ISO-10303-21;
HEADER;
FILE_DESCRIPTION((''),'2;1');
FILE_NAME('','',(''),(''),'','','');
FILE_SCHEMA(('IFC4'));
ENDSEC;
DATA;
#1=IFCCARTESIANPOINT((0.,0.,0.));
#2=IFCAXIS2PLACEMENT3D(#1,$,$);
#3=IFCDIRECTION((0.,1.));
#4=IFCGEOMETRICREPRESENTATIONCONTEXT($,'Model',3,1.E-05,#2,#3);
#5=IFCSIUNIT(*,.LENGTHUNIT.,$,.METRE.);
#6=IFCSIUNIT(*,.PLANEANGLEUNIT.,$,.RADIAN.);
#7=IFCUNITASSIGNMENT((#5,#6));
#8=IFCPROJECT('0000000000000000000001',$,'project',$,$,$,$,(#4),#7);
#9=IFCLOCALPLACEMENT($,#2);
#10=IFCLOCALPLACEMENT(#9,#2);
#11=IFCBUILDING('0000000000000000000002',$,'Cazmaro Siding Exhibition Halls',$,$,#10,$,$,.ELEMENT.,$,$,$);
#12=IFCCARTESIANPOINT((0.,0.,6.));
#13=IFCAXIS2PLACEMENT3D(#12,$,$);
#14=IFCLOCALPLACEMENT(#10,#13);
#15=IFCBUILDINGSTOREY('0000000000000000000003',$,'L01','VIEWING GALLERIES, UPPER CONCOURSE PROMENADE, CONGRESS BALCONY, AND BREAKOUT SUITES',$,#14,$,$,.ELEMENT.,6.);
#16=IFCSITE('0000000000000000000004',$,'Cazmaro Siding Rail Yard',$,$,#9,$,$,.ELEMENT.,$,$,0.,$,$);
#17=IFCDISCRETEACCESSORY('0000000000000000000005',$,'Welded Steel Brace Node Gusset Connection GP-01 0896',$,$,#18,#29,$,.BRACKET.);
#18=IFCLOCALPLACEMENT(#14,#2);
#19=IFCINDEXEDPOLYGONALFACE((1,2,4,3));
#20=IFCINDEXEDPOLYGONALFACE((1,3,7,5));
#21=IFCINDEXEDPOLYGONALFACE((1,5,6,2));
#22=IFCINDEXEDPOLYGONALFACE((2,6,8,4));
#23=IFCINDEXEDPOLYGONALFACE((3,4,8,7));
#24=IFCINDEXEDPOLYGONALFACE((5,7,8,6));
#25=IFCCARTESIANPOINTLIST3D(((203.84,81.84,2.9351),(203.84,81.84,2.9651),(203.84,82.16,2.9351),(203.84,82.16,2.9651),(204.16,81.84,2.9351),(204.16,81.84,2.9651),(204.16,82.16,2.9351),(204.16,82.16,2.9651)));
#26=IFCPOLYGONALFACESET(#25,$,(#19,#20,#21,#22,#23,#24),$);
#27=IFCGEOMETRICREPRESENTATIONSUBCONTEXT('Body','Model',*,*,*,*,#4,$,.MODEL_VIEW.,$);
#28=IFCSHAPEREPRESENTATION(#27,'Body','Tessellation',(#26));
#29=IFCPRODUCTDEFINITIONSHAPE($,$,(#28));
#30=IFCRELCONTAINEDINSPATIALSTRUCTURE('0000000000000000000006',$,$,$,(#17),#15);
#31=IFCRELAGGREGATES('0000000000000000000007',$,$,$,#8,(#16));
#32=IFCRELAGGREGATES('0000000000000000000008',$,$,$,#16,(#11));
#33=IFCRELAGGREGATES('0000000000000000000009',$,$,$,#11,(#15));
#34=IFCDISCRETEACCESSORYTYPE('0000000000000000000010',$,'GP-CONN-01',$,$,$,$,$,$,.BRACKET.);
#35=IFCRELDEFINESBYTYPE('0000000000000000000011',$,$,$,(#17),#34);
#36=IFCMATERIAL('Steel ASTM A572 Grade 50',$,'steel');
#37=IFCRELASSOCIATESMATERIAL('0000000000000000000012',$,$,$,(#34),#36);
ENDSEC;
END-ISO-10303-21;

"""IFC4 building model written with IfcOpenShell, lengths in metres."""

from ifc_helpers import new_model, si_unit, direction, frame, origin, origin_2d, place, context, subcontext, project, spatial, rectangle, extrude, material, type_object, element, save


model = new_model("IFC4")

# Units and contexts
model_context = context("Model", 3, precision=1e-05, world=origin(), true_north=direction((0.0, 1.0)))
body_context = subcontext(model_context, "Body", "Model", "MODEL_VIEW")
ifc_project = project(units=[si_unit("LENGTHUNIT", "METRE"), si_unit("PLANEANGLEUNIT", "RADIAN")], contexts=[model_context])

# Site, building, storey
site_placement = place(None, origin())
site = spatial("IfcSite", under=ifc_project, at=site_placement, Name="Cazmaro Siding Rail Yard", CompositionType="ELEMENT", RefElevation=0.0)
building_placement = place(site_placement, origin())
building = spatial("IfcBuilding", under=site, at=building_placement, Name="Cazmaro Siding Exhibition Halls", CompositionType="ELEMENT")
storey_placement = place(building_placement, frame((0.0, 0.0, 6.0)))
storey = spatial("IfcBuildingStorey", under=building, at=storey_placement, Name="L01", Description="VIEWING GALLERIES, UPPER CONCOURSE PROMENADE, CONGRESS BALCONY, AND BREAKOUT SUITES", CompositionType="ELEMENT", Elevation=6.0)

# Discrete accessory
ifc_material_1 = material(Name="Steel ASTM A572 Grade 50", Category="steel")
discrete_accessory_type = type_object("IfcDiscreteAccessoryType", Name="GP-CONN-01", PredefinedType="BRACKET", material=ifc_material_1)
for number, where, z_axis, x_axis, name in (
    (1, (204.0, 82.0, 2.9351), (0.0, 0.0, 1.0), (1.0, 0.0, 0.0), "Welded Steel Brace Node Gusset Connection GP-01 0896"),
):
    element("IfcDiscreteAccessory", number, at=place(storey_placement, frame(where, z_axis=z_axis, x_axis=x_axis)), inside=storey, type_object=discrete_accessory_type, Name=name, PredefinedType="BRACKET", context=body_context, shape_type="SweptSolid", body=[
        extrude(rectangle(XDim=0.3201, YDim=0.3201, at=origin_2d()), origin(), (0.0, 0.0, 1.0), 0.03),
    ])

save(model, "model.ifc")
